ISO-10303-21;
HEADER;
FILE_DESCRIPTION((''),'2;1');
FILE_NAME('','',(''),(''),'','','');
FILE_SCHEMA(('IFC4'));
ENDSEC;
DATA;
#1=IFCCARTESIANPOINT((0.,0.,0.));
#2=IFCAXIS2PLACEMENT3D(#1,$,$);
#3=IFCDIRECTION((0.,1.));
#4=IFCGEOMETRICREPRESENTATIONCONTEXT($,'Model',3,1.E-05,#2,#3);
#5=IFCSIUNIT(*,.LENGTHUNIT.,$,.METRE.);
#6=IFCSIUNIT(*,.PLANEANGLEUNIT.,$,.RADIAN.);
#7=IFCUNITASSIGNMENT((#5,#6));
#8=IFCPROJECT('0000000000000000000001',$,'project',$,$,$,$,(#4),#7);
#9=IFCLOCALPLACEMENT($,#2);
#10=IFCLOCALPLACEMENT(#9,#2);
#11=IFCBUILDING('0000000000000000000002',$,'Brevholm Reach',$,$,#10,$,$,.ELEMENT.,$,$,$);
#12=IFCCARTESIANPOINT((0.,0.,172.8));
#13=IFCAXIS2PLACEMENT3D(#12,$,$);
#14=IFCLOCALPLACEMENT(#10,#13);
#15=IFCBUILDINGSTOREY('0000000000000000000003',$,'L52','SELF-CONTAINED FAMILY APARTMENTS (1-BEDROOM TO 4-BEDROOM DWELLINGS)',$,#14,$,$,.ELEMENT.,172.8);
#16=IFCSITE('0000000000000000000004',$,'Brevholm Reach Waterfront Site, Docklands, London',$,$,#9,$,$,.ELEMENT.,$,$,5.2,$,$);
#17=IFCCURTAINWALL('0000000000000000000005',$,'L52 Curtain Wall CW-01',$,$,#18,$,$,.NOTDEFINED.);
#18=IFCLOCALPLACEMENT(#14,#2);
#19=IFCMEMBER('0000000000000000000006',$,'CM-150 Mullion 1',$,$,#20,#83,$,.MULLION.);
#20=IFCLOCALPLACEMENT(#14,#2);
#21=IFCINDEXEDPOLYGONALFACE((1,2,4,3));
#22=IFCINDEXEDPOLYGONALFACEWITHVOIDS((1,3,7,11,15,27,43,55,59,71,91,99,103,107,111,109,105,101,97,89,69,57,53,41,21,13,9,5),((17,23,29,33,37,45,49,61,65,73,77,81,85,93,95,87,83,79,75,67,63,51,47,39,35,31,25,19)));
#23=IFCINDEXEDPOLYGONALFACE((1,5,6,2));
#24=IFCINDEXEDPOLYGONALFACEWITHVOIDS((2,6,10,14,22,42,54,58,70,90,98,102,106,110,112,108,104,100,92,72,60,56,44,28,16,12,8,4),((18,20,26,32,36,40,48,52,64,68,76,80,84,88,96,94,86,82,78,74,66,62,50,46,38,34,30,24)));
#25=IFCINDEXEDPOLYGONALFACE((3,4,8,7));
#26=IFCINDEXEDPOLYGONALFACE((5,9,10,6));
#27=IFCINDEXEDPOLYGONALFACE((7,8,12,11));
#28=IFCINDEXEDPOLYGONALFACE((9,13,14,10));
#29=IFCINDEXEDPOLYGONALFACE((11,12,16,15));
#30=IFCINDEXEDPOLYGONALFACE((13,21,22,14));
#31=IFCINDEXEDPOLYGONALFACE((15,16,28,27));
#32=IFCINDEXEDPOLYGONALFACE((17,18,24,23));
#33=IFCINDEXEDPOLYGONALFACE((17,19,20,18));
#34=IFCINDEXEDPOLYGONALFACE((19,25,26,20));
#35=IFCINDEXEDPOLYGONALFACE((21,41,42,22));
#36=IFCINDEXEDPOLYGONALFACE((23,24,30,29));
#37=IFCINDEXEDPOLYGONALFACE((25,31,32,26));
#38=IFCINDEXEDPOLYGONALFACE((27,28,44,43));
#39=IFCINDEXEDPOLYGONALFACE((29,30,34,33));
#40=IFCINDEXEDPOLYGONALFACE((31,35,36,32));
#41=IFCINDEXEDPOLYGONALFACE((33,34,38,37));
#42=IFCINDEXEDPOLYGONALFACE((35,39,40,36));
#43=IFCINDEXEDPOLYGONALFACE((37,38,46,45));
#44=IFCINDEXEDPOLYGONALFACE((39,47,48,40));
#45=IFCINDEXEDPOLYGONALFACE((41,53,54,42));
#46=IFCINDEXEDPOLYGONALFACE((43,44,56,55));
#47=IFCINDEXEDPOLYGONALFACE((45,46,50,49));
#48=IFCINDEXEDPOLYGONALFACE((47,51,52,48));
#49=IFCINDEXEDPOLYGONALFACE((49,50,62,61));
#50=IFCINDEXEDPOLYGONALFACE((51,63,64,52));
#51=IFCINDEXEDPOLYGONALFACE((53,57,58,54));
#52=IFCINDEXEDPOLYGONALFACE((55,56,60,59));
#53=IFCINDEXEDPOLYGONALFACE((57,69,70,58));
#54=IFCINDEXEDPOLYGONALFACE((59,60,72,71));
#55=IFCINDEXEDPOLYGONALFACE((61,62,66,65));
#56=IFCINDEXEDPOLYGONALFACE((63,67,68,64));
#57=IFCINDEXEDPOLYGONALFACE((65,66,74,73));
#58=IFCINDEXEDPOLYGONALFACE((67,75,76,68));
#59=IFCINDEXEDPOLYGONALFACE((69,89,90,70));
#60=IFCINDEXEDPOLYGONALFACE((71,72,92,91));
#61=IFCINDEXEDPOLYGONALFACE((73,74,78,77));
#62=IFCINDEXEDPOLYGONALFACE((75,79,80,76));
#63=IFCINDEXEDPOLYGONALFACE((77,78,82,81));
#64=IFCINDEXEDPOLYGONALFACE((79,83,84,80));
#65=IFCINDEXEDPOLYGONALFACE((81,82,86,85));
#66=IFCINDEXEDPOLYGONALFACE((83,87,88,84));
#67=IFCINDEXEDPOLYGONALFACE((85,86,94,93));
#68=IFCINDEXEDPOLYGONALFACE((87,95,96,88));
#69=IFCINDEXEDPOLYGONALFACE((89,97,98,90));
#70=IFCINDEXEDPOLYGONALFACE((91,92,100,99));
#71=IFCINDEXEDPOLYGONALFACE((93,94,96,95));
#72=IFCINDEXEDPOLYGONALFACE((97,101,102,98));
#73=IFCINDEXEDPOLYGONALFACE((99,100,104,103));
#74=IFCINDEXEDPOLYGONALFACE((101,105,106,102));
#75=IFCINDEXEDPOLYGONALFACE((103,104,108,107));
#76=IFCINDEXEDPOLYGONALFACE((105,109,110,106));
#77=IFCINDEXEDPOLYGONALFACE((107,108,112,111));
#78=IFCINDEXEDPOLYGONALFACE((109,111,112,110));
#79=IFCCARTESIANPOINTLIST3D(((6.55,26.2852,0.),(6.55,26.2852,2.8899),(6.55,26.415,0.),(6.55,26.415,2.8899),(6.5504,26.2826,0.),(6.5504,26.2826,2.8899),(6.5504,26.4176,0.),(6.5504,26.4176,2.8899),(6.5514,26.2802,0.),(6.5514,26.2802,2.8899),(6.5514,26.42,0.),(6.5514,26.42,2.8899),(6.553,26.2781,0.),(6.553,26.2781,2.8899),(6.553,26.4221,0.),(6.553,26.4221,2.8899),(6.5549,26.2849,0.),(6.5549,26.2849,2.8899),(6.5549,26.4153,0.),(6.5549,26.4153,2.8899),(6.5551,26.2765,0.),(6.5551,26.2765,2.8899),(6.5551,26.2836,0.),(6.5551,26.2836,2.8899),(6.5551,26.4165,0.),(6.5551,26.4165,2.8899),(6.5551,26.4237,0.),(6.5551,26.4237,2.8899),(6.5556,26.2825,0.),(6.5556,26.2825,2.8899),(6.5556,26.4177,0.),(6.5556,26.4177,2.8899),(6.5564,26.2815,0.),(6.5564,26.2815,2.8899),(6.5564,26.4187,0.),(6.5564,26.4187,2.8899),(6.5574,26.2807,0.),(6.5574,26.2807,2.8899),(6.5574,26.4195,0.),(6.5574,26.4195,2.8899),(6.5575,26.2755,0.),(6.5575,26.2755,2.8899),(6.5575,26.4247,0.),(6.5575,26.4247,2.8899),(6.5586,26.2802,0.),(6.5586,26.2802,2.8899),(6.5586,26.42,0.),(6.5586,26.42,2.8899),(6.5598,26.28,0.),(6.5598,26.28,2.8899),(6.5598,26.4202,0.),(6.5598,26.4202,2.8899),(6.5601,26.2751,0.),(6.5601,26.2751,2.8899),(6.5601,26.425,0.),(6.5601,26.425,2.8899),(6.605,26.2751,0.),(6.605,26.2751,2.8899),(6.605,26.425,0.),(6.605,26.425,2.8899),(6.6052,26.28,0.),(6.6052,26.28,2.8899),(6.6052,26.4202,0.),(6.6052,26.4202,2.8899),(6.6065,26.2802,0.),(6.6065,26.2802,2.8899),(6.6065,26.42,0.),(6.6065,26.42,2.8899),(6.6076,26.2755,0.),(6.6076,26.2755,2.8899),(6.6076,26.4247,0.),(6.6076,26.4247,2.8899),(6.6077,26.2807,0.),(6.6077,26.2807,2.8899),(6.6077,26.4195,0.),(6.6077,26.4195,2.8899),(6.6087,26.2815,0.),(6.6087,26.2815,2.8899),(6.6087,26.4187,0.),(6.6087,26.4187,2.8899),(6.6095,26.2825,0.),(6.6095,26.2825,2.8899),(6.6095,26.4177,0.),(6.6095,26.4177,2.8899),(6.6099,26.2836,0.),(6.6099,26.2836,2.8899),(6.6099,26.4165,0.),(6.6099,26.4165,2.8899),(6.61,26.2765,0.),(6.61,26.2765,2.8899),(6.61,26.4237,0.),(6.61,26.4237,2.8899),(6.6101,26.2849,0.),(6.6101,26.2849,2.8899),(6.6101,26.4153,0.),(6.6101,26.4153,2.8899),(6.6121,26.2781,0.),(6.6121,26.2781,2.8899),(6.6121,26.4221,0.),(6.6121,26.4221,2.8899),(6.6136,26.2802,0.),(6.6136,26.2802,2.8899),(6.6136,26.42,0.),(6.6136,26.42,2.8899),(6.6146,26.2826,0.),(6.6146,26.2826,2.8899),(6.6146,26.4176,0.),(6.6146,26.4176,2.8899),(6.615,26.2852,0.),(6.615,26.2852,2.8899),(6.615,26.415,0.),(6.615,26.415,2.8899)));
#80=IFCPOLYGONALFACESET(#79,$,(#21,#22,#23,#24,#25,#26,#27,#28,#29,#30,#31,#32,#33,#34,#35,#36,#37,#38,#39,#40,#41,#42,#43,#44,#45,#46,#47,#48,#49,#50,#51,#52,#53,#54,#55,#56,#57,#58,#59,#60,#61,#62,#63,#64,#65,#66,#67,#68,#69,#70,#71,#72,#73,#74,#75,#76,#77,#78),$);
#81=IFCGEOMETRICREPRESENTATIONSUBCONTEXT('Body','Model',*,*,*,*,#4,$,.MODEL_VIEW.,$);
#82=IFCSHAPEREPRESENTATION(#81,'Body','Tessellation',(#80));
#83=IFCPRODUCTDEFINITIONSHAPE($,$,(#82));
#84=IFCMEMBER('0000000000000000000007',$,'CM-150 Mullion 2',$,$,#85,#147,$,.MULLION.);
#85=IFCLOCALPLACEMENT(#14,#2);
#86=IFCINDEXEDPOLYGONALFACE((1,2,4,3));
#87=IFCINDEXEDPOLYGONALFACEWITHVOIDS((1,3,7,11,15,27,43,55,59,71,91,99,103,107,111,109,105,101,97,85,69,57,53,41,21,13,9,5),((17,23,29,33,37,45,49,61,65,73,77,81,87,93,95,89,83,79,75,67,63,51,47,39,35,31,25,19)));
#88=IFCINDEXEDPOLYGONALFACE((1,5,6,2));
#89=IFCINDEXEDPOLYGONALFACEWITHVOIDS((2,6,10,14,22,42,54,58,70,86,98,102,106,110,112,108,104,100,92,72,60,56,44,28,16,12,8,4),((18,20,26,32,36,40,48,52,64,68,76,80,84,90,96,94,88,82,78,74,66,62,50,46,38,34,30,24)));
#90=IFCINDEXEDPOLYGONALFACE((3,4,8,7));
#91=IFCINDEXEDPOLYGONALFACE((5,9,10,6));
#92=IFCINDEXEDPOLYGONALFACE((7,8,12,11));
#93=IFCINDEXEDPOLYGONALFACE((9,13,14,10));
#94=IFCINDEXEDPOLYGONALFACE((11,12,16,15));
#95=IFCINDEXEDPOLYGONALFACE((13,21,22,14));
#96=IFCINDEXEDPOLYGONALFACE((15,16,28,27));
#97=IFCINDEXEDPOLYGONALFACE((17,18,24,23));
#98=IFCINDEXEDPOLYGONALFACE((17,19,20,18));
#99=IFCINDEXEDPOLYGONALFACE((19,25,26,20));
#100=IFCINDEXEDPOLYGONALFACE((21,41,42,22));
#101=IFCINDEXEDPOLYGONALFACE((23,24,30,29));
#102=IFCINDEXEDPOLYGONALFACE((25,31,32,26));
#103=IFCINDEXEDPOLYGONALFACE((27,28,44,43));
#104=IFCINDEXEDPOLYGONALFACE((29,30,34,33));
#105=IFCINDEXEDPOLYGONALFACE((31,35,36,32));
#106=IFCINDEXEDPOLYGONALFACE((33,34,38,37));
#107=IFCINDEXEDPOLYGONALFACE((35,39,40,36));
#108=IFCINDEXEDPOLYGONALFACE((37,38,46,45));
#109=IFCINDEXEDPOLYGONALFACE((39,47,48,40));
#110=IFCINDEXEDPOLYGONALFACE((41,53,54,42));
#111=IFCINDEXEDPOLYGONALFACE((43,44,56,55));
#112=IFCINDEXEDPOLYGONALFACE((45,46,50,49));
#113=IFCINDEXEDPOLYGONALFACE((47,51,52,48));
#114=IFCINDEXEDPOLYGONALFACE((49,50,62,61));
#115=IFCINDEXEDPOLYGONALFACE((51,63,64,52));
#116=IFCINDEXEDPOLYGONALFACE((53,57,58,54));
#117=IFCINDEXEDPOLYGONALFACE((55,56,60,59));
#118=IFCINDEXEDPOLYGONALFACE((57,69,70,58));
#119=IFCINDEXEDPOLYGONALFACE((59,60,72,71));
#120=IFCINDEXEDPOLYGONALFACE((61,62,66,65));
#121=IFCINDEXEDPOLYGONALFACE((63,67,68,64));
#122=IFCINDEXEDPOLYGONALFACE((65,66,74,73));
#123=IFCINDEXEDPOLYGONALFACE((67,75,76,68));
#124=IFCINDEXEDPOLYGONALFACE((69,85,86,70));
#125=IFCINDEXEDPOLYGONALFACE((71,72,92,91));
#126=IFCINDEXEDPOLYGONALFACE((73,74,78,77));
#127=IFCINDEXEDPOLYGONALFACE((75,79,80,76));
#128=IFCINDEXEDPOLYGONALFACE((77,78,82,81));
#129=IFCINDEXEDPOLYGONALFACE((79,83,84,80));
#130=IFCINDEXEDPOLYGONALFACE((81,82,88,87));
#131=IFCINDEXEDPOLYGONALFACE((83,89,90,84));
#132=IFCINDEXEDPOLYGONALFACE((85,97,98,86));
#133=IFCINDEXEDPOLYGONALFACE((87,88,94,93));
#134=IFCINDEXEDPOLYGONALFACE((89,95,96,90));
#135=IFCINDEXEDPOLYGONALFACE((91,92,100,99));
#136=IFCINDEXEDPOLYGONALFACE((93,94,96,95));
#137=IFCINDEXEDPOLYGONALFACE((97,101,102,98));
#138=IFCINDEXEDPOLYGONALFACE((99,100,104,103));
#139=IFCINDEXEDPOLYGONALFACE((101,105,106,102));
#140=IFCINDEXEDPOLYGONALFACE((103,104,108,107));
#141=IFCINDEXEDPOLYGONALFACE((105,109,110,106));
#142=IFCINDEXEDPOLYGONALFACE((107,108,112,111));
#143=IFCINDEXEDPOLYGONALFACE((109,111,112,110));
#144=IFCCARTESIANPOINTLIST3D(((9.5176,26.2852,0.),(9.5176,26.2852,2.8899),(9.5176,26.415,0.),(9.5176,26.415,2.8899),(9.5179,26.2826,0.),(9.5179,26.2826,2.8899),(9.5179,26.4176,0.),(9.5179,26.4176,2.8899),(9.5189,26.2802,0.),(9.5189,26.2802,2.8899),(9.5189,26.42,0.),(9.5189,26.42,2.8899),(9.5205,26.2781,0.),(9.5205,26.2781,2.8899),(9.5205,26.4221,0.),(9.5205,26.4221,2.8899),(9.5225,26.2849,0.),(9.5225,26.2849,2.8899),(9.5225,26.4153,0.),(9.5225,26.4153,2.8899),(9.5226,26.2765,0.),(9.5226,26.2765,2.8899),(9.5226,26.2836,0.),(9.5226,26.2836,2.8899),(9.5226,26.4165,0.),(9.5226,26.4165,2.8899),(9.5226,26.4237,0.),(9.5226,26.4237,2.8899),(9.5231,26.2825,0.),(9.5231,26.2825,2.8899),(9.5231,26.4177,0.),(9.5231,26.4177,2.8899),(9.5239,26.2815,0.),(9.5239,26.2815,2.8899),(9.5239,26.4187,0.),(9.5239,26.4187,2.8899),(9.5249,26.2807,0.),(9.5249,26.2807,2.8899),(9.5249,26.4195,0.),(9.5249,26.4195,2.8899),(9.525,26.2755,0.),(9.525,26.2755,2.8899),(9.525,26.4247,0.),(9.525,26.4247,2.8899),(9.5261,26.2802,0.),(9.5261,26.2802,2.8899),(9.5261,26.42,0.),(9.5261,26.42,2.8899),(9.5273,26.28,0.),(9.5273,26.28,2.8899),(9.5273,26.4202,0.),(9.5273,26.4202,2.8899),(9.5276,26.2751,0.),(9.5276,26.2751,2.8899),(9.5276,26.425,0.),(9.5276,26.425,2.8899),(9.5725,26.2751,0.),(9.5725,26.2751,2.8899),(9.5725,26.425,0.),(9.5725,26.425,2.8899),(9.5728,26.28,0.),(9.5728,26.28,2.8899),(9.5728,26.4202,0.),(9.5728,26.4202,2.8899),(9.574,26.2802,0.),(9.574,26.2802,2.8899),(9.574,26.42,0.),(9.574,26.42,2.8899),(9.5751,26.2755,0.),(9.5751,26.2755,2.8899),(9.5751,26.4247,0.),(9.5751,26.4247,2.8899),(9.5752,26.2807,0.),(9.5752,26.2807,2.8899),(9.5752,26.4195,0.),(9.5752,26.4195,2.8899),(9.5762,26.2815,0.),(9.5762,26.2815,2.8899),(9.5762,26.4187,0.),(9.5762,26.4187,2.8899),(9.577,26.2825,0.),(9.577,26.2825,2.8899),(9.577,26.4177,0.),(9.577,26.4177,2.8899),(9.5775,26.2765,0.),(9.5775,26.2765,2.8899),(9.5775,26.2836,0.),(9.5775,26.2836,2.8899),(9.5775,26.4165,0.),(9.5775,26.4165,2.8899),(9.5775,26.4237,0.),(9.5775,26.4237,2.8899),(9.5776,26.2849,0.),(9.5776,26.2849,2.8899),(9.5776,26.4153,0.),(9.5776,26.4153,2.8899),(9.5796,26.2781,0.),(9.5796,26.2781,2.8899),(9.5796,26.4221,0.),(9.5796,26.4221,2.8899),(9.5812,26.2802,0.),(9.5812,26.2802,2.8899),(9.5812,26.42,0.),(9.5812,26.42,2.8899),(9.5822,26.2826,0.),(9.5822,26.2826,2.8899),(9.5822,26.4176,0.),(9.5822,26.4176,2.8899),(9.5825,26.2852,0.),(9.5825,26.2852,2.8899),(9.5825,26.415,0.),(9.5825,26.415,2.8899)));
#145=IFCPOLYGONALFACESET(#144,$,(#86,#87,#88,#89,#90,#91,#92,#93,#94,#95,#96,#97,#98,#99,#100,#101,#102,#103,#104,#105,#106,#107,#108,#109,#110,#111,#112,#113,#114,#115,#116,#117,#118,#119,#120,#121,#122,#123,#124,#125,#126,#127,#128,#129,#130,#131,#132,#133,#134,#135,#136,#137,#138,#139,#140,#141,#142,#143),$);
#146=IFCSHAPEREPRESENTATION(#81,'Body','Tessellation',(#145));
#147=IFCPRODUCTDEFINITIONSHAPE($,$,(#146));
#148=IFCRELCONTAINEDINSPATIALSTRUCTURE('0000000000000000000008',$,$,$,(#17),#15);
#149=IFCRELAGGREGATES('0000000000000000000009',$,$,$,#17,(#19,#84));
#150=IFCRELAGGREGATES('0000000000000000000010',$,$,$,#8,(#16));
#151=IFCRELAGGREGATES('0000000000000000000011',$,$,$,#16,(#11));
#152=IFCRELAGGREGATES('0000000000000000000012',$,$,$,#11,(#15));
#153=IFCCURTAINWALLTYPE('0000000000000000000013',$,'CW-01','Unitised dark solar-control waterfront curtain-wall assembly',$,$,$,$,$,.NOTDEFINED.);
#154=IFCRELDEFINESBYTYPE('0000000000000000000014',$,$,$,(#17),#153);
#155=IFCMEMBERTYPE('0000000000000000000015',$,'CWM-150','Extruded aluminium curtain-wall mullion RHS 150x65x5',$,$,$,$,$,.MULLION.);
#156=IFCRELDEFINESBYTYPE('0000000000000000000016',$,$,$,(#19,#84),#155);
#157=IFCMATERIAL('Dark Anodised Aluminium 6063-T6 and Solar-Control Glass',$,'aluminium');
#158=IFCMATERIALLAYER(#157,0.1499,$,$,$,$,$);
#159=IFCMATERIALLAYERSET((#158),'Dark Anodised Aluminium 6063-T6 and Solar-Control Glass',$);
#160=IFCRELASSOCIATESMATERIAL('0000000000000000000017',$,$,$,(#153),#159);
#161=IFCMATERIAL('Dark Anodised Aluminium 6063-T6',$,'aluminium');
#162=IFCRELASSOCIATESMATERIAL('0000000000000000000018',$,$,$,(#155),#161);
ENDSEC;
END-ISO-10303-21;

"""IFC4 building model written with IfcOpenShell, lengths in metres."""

from ifc_helpers import new_model, si_unit, direction, frame, origin, origin_2d, place, context, subcontext, project, spatial, hollow_rectangle, extrude, material, layer, layer_set, material_profile, profile_set, type_object, element, aggregate, save


model = new_model("IFC4")

# Units and contexts
model_context = context("Model", 3, precision=1e-05, world=origin(), true_north=direction((0.0, 1.0)))
body_context = subcontext(model_context, "Body", "Model", "MODEL_VIEW")
ifc_project = project(units=[si_unit("LENGTHUNIT", "METRE"), si_unit("PLANEANGLEUNIT", "RADIAN")], contexts=[model_context])

# Site, building, storey
site_placement = place(None, origin())
site = spatial("IfcSite", under=ifc_project, at=site_placement, Name="Brevholm Reach Waterfront Site, Docklands, London", CompositionType="ELEMENT", RefElevation=5.2)
building_placement = place(site_placement, origin())
building = spatial("IfcBuilding", under=site, at=building_placement, Name="Brevholm Reach", CompositionType="ELEMENT")
storey_placement = place(building_placement, frame((0.0, 0.0, 172.8)))
storey = spatial("IfcBuildingStorey", under=building, at=storey_placement, Name="L52", Description="SELF-CONTAINED FAMILY APARTMENTS (1-BEDROOM TO 4-BEDROOM DWELLINGS)", CompositionType="ELEMENT", Elevation=172.8)

# Curtain wall, members
ifc_material_1 = material(Name="Dark Anodised Aluminium 6063-T6 and Solar-Control Glass", Category="aluminium")
ifc_layer_1 = layer(ifc_material_1, 0.1499)
ifc_layer_set_1 = layer_set([ifc_layer_1], Name="Dark Anodised Aluminium 6063-T6 and Solar-Control Glass")
curtain_wall_type = type_object("IfcCurtainWallType", Name="CW-01", Description="Unitised dark solar-control waterfront curtain-wall assembly", PredefinedType="NOTDEFINED", material=ifc_layer_set_1)
ifc_material_2 = material(Name="Dark Anodised Aluminium 6063-T6", Category="aluminium")
ifc_material_profile_1 = material_profile(ifc_material_2, hollow_rectangle(XDim=0.0649, YDim=0.1499, WallThickness=0.0049, InnerFilletRadius=0.0049, OuterFilletRadius=0.01, at=origin_2d()), Name="RHS 150x65x5")
ifc_profile_set_1 = profile_set([ifc_material_profile_1], Name="Dark Anodised Aluminium 6063-T6")
member_type_1 = type_object("IfcMemberType", Name="CWM-150", Description="Extruded aluminium curtain-wall mullion RHS 150x65x5", PredefinedType="MULLION", material=ifc_profile_set_1)
curtain_wall_1_placement = place(storey_placement, origin())
curtain_wall_1 = element("IfcCurtainWall", 1, at=curtain_wall_1_placement, inside=storey, type_object=curtain_wall_type, Name="L52 Curtain Wall CW-01", PredefinedType="NOTDEFINED")
member_1_placement = place(storey_placement, frame((6.5825, 26.3501, 0.0), z_axis=(0.0, 0.0, 1.0), x_axis=(1.0, 0.0, 0.0)))
member_1 = element("IfcMember", 2, at=member_1_placement, type_object=member_type_1, Name="CM-150 Mullion 1", PredefinedType="MULLION", context=body_context, shape_type="SweptSolid", body=[
    extrude(hollow_rectangle(XDim=0.0649, YDim=0.1499, WallThickness=0.0049, InnerFilletRadius=0.0049, OuterFilletRadius=0.01, at=origin_2d()), origin(), (0.0, 0.0, 1.0), 2.8899),
])
member_2_placement = place(storey_placement, frame((9.55, 26.3501, 0.0), z_axis=(0.0, 0.0, 1.0), x_axis=(1.0, 0.0, 0.0)))
member_2 = element("IfcMember", 3, at=member_2_placement, type_object=member_type_1, Name="CM-150 Mullion 2", PredefinedType="MULLION", context=body_context, shape_type="SweptSolid", body=[
    extrude(hollow_rectangle(XDim=0.0649, YDim=0.1499, WallThickness=0.0049, InnerFilletRadius=0.0049, OuterFilletRadius=0.01, at=origin_2d()), origin(), (0.0, 0.0, 1.0), 2.8899),
])

aggregate(curtain_wall_1, [member_1, member_2])

save(model, "model.ifc")
